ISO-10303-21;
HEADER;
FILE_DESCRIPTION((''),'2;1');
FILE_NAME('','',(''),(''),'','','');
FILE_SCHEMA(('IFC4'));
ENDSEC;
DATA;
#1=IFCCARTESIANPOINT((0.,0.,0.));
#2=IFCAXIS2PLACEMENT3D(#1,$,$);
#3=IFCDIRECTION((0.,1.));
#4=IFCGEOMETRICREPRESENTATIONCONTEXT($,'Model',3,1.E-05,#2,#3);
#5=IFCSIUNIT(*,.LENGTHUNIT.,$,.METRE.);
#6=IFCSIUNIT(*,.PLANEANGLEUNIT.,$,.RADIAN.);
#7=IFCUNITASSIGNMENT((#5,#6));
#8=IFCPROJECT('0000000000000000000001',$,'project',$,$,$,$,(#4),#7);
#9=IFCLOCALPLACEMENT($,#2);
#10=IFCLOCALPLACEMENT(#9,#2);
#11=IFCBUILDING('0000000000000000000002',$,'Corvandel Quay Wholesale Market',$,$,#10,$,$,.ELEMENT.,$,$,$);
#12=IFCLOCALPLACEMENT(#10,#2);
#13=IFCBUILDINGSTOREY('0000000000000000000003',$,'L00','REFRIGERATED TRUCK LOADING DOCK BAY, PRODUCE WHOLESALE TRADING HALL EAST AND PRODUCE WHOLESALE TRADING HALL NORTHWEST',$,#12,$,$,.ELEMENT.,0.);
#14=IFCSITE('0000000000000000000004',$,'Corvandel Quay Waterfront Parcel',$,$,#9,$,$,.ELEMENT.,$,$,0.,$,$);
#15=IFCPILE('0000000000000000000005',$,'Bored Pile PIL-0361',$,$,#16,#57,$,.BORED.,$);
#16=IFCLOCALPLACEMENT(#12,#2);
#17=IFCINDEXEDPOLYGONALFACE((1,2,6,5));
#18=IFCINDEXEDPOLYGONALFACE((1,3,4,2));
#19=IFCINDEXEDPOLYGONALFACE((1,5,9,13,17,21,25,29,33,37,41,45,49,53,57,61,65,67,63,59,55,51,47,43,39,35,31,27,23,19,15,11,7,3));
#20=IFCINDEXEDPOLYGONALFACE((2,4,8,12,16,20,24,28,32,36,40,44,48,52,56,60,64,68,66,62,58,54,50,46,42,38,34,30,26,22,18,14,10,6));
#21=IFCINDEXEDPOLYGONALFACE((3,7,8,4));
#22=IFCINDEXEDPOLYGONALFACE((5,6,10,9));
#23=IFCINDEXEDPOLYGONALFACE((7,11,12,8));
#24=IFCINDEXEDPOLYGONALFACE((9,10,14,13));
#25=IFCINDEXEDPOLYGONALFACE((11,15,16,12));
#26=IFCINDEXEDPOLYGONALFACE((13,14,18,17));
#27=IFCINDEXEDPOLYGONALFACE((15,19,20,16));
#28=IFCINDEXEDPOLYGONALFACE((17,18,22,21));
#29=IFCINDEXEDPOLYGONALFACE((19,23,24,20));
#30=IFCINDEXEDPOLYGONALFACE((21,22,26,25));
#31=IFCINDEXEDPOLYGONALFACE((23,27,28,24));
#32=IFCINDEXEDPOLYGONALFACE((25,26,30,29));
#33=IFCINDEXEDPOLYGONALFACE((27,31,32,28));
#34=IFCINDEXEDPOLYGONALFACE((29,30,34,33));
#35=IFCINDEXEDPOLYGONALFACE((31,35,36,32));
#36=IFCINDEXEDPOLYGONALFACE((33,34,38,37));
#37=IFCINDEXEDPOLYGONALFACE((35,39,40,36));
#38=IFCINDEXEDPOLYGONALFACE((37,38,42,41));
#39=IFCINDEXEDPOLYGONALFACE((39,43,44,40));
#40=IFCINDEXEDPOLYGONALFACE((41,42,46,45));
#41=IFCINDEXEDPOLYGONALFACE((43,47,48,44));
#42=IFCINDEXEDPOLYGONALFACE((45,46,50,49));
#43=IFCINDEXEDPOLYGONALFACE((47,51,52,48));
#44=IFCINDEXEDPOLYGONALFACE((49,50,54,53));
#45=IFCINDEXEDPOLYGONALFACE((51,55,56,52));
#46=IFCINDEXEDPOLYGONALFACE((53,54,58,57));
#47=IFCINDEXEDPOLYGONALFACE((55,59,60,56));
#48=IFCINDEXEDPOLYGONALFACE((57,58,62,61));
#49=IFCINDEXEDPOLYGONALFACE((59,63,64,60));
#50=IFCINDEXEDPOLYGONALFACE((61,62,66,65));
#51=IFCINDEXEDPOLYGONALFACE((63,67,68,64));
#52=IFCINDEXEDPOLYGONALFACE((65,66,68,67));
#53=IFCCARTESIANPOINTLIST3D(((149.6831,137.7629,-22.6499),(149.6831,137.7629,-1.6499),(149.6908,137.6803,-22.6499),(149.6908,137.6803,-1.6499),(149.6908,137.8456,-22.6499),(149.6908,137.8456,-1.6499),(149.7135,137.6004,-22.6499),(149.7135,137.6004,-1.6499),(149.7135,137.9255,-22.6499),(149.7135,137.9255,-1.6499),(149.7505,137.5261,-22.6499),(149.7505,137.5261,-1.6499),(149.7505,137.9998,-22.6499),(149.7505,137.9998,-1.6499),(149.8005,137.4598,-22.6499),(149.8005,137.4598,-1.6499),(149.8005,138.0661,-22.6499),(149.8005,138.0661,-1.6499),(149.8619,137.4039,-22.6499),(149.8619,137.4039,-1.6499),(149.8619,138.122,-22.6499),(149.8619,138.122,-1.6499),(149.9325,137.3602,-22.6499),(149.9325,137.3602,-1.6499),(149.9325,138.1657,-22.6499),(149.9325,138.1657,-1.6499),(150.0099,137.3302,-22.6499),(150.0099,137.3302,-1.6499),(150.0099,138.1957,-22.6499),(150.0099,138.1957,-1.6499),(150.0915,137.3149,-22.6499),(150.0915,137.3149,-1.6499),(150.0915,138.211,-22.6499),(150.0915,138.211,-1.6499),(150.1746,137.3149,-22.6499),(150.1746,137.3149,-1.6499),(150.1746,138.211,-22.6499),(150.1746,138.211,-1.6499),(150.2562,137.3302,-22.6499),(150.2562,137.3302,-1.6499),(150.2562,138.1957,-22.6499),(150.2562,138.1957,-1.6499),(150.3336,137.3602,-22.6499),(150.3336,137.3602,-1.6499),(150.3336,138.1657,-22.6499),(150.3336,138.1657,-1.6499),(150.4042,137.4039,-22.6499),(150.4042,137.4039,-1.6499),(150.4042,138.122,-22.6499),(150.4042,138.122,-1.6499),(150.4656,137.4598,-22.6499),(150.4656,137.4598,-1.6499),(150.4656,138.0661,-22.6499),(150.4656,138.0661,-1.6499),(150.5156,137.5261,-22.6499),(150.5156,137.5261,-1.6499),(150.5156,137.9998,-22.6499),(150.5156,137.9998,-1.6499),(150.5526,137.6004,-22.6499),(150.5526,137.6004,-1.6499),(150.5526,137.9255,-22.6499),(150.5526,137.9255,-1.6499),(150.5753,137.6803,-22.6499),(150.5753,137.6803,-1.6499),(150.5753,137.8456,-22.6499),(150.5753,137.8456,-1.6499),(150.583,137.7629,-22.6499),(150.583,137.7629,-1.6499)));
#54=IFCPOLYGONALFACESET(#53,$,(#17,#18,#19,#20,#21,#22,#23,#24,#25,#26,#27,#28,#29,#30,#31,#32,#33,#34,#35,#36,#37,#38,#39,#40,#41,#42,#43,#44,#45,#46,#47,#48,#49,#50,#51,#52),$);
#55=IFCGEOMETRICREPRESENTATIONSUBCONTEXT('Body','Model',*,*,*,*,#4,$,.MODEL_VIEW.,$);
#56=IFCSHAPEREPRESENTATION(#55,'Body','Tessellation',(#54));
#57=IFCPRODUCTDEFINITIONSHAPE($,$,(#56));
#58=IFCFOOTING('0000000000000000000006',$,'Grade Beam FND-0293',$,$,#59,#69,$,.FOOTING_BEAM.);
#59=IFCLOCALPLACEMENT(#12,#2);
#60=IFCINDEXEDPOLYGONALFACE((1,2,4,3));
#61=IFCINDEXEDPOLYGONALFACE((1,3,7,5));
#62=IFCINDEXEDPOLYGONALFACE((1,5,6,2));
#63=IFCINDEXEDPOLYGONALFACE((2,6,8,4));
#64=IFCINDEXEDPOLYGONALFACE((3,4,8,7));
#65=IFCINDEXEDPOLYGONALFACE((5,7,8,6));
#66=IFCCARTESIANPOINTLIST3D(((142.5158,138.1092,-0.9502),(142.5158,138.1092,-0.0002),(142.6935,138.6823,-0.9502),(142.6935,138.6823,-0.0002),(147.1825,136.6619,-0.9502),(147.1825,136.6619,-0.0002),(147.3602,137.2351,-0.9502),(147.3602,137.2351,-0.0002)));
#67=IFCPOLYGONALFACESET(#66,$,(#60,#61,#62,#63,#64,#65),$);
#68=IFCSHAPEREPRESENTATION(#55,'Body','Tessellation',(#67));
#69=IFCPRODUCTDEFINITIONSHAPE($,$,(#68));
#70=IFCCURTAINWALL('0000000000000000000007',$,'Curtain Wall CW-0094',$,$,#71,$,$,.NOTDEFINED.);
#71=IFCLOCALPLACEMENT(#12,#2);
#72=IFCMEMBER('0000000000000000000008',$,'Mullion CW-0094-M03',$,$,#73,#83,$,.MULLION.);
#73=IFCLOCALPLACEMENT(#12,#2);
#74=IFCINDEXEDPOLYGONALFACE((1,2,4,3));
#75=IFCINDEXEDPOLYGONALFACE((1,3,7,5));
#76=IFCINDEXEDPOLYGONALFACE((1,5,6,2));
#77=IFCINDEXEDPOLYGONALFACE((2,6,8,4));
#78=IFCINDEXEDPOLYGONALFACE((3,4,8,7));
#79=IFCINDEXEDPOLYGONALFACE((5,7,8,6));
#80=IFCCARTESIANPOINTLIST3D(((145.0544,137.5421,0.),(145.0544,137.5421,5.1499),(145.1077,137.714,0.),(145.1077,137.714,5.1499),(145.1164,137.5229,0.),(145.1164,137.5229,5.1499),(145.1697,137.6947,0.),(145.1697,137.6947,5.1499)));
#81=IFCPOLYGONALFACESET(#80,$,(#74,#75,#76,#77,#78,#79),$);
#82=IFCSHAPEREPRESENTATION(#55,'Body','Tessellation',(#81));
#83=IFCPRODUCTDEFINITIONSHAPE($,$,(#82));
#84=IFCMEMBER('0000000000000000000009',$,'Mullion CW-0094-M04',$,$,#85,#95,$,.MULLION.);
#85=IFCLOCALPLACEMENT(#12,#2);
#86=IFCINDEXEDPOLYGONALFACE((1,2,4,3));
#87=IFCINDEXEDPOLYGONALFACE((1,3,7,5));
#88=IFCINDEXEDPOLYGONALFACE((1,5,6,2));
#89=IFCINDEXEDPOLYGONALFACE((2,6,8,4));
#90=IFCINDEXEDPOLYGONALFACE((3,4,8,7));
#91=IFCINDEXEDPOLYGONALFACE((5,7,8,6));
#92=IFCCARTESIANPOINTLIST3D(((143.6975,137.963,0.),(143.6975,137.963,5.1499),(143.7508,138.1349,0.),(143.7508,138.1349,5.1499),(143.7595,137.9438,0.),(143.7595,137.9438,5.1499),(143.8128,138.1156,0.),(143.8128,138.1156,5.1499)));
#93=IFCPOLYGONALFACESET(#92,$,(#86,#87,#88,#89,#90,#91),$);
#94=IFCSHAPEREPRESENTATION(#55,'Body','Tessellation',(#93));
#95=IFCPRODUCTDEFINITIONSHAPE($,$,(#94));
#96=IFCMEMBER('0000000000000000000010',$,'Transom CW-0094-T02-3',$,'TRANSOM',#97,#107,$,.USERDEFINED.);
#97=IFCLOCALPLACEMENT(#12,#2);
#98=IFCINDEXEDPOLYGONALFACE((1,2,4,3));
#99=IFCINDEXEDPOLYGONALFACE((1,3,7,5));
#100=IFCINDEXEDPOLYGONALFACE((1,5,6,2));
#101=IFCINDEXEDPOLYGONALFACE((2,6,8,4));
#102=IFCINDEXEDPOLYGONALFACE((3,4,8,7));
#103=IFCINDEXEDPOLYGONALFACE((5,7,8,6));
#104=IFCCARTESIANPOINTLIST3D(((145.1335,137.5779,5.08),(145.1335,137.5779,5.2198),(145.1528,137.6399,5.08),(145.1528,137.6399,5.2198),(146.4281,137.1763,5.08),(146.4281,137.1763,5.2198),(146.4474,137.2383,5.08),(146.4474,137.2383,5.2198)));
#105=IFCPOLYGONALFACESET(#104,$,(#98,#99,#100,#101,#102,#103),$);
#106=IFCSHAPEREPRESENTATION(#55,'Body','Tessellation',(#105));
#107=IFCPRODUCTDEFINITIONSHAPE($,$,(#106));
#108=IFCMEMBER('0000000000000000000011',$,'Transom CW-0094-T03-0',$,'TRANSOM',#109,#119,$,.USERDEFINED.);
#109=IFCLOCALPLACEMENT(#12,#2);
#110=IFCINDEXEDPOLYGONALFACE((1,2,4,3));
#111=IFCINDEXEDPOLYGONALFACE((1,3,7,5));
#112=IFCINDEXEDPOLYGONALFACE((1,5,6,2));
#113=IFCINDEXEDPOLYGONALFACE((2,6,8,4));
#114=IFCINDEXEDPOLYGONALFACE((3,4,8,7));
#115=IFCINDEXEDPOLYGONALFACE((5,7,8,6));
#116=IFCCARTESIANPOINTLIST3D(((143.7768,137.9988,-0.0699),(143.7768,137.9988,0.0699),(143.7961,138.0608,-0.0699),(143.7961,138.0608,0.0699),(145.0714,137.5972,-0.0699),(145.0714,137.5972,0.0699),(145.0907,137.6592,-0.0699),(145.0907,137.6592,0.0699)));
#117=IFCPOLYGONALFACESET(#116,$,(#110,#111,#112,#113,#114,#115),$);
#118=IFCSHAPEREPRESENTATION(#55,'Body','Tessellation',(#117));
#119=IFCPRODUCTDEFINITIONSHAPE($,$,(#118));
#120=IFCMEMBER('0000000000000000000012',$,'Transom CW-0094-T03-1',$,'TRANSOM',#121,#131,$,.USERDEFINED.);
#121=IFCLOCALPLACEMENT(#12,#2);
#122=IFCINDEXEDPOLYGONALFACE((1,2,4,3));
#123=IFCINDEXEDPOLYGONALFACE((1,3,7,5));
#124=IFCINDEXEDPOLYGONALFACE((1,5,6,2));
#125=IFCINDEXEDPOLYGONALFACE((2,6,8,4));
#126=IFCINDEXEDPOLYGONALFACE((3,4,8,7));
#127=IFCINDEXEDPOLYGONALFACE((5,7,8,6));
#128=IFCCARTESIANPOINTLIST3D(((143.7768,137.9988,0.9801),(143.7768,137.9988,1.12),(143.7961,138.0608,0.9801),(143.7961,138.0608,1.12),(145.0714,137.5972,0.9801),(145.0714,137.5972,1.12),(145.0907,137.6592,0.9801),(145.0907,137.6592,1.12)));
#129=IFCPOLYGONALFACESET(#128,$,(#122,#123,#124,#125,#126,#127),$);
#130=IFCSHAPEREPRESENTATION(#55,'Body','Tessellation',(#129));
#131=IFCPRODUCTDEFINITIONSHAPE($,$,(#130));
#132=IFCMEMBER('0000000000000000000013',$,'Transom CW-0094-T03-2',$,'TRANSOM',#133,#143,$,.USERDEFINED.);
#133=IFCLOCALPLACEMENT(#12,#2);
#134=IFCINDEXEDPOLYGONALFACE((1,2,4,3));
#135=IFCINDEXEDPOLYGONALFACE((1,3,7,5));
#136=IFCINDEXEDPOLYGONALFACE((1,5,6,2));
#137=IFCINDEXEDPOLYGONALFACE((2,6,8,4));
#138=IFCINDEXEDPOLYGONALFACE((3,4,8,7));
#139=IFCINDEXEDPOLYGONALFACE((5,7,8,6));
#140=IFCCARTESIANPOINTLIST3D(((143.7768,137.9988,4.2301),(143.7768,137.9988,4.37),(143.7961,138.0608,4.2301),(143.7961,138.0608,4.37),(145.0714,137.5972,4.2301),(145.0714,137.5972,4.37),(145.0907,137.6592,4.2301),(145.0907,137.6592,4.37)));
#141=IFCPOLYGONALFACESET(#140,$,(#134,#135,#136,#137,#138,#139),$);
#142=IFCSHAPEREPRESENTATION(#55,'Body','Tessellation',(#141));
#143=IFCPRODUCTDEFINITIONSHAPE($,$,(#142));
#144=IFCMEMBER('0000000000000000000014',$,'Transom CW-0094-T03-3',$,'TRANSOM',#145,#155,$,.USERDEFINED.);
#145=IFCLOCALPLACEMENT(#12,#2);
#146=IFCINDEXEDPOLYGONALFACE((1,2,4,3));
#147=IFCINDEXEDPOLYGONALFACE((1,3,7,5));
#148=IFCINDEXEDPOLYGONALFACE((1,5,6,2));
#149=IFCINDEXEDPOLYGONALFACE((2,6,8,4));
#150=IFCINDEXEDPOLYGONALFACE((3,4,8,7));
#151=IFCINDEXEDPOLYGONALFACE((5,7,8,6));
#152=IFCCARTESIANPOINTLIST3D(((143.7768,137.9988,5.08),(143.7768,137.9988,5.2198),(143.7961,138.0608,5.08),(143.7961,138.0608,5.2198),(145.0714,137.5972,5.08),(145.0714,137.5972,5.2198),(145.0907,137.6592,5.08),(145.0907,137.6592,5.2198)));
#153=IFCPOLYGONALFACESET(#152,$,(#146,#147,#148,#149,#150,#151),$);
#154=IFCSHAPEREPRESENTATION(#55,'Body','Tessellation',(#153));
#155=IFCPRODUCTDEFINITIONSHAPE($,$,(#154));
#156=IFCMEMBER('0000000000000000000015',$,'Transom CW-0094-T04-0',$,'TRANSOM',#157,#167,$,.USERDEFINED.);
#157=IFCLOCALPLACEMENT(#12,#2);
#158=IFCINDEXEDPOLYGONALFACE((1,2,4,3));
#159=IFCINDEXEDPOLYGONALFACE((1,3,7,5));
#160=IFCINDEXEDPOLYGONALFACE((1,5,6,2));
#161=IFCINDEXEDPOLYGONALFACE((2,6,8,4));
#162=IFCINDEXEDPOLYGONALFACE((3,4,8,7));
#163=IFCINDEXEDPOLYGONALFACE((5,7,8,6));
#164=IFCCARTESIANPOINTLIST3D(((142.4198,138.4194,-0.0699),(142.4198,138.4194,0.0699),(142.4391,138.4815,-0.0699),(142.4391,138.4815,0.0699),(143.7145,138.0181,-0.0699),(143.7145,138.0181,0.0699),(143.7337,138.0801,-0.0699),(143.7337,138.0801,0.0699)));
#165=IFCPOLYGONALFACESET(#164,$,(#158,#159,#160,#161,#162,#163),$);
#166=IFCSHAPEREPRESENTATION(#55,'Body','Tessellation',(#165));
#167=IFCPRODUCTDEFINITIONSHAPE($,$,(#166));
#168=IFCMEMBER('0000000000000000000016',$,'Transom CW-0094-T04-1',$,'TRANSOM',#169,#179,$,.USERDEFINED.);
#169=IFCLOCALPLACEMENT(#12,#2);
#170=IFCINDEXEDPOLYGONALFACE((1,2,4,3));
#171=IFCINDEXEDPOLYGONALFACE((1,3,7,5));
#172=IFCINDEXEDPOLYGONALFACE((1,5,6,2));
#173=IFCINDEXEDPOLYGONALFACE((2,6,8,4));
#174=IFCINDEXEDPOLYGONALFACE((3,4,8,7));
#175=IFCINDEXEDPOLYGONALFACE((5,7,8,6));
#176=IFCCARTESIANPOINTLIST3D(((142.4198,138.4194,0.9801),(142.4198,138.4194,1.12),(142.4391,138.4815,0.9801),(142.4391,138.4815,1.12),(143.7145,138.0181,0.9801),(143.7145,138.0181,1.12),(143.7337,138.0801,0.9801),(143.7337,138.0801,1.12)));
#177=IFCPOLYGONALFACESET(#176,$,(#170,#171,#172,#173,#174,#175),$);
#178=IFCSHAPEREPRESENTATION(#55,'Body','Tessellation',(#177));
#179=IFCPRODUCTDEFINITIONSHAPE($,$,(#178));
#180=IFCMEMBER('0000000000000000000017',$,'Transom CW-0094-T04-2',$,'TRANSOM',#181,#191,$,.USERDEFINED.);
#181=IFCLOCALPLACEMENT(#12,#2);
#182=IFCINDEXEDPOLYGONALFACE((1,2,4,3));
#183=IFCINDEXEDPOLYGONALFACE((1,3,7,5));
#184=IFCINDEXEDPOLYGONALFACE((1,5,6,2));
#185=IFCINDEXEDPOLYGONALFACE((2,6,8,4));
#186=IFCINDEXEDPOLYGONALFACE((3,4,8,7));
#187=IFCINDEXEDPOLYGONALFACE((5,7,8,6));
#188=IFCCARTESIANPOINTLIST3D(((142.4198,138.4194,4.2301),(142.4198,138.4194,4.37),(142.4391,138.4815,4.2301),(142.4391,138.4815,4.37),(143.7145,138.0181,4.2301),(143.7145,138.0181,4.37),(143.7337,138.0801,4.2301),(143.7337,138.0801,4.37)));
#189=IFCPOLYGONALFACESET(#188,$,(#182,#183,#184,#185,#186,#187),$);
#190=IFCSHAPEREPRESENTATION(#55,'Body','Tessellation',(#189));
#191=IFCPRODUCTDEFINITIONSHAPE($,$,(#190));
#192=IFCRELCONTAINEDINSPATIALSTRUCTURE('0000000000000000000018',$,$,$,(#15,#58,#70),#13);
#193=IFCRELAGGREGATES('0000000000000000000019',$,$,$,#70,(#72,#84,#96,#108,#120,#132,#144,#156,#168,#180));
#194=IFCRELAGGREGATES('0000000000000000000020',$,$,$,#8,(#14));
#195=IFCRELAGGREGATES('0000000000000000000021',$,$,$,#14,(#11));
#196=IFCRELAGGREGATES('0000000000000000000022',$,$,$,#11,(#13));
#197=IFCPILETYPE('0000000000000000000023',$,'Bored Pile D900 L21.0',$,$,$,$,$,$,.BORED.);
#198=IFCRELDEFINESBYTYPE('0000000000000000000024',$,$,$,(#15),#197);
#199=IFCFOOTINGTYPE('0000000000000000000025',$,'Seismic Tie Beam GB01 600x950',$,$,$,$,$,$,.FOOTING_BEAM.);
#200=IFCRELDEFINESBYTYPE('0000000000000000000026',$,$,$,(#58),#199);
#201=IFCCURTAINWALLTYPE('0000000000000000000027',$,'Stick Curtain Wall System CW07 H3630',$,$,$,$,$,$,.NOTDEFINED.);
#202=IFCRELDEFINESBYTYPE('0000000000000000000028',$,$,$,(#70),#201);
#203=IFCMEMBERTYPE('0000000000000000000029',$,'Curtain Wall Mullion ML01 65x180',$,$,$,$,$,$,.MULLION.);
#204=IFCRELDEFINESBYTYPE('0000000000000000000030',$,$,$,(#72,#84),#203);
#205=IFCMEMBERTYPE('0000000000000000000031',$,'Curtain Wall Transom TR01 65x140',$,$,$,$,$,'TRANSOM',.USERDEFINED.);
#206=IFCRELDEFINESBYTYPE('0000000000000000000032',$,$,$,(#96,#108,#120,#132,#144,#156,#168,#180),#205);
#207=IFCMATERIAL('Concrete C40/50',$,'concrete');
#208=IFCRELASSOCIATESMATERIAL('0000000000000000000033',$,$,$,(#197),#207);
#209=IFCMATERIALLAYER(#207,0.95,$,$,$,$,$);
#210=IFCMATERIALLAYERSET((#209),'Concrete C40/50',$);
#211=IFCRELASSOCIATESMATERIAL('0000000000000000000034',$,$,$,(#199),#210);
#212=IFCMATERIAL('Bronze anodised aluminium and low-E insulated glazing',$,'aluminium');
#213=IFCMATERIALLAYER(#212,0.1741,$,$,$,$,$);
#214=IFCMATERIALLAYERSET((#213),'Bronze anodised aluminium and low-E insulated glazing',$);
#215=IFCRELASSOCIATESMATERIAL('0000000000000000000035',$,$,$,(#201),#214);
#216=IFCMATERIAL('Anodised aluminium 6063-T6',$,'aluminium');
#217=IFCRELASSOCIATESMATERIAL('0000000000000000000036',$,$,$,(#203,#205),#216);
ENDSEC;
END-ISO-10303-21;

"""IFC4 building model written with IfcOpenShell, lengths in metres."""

from ifc_helpers import new_model, si_unit, direction, frame, origin, origin_2d, place, context, subcontext, project, spatial, rectangle, circle, extrude, material, layer, layer_set, material_profile, profile_set, type_object, element, aggregate, save


model = new_model("IFC4")

# Units and contexts
model_context = context("Model", 3, precision=1e-05, world=origin(), true_north=direction((0.0, 1.0)))
body_context = subcontext(model_context, "Body", "Model", "MODEL_VIEW")
ifc_project = project(units=[si_unit("LENGTHUNIT", "METRE"), si_unit("PLANEANGLEUNIT", "RADIAN")], contexts=[model_context])

# Site, building, storey
site_placement = place(None, origin())
site = spatial("IfcSite", under=ifc_project, at=site_placement, Name="Corvandel Quay Waterfront Parcel", CompositionType="ELEMENT", RefElevation=0.0)
building_placement = place(site_placement, origin())
building = spatial("IfcBuilding", under=site, at=building_placement, Name="Corvandel Quay Wholesale Market", CompositionType="ELEMENT")
storey_placement = place(building_placement, origin())
storey = spatial("IfcBuildingStorey", under=building, at=storey_placement, Name="L00", Description="REFRIGERATED TRUCK LOADING DOCK BAY, PRODUCE WHOLESALE TRADING HALL EAST AND PRODUCE WHOLESALE TRADING HALL NORTHWEST", CompositionType="ELEMENT", Elevation=0.0)

# Pile
ifc_material_1 = material(Name="Concrete C40/50", Category="concrete")
ifc_material_profile_1 = material_profile(ifc_material_1, circle(Radius=0.45, at=origin_2d()), Name="RC-PILE-D900")
ifc_profile_set_1 = profile_set([ifc_material_profile_1], Name="Concrete C40/50")
pile_type = type_object("IfcPileType", Name="Bored Pile D900 L21.0", PredefinedType="BORED", material=ifc_profile_set_1)
pile_placement = place(storey_placement, frame((150.1331, 137.7629, -1.6499), z_axis=(0.0, 0.0, -1.0), x_axis=(1.0, 0.0, 0.0)))
element("IfcPile", 1, at=pile_placement, inside=storey, type_object=pile_type, Name="Bored Pile PIL-0361", PredefinedType="BORED", context=body_context, shape_type="SweptSolid", body=[
    extrude(circle(Radius=0.45, at=origin_2d()), origin(), (0.0, 0.0, 1.0), 21.0),
])

# Footing
ifc_layer_1 = layer(ifc_material_1, 0.95)
ifc_layer_set_1 = layer_set([ifc_layer_1], Name="Concrete C40/50")
footing_type = type_object("IfcFootingType", Name="Seismic Tie Beam GB01 600x950", PredefinedType="FOOTING_BEAM", material=ifc_layer_set_1)
footing_placement = place(storey_placement, frame((144.938, 137.6721, -0.9502), z_axis=(0.0, 0.0, 1.0), x_axis=(-0.955123, 0.296208, 0.0)))
element("IfcFooting", 2, at=footing_placement, inside=storey, type_object=footing_type, Name="Grade Beam FND-0293", PredefinedType="FOOTING_BEAM", context=body_context, shape_type="SweptSolid", body=[
    extrude(rectangle(XDim=4.886, YDim=0.6001, at=origin_2d()), origin(), (0.0, 0.0, 1.0), 0.95),
])

# Curtain wall, members
ifc_material_2 = material(Name="Bronze anodised aluminium and low-E insulated glazing", Category="aluminium")
ifc_layer_2 = layer(ifc_material_2, 0.1741)
ifc_layer_set_2 = layer_set([ifc_layer_2], Name="Bronze anodised aluminium and low-E insulated glazing")
curtain_wall_type = type_object("IfcCurtainWallType", Name="Stick Curtain Wall System CW07 H3630", PredefinedType="NOTDEFINED", material=ifc_layer_set_2)
curtain_wall_placement = place(storey_placement, origin())
curtain_wall = element("IfcCurtainWall", 3, at=curtain_wall_placement, inside=storey, type_object=curtain_wall_type, Name="Curtain Wall CW-0094", PredefinedType="NOTDEFINED")
ifc_material_3 = material(Name="Anodised aluminium 6063-T6", Category="aluminium")
ifc_material_profile_2 = material_profile(ifc_material_3, rectangle(XDim=0.0649, YDim=0.1799, at=origin_2d()), Name="ALU-MUL-65x180")
ifc_profile_set_2 = profile_set([ifc_material_profile_2], Name="Anodised aluminium 6063-T6")
member_type_1 = type_object("IfcMemberType", Name="Curtain Wall Mullion ML01 65x180", PredefinedType="MULLION", material=ifc_profile_set_2)
member_1_placement = place(storey_placement, frame((145.1121, 137.6184, 0.0), z_axis=(0.0, 0.0, 1.0), x_axis=(-0.955123, 0.296208, 0.0)))
member_1 = element("IfcMember", 4, at=member_1_placement, type_object=member_type_1, Name="Mullion CW-0094-M03", PredefinedType="MULLION", context=body_context, shape_type="SweptSolid", body=[
    extrude(rectangle(XDim=0.0649, YDim=0.1799, at=origin_2d()), origin(), (0.0, 0.0, 1.0), 5.1499),
])
member_2_placement = place(storey_placement, frame((143.7551, 138.0393, 0.0), z_axis=(0.0, 0.0, 1.0), x_axis=(-0.955123, 0.296208, 0.0)))
member_2 = element("IfcMember", 5, at=member_2_placement, type_object=member_type_1, Name="Mullion CW-0094-M04", PredefinedType="MULLION", context=body_context, shape_type="SweptSolid", body=[
    extrude(rectangle(XDim=0.0649, YDim=0.1799, at=origin_2d()), origin(), (0.0, 0.0, 1.0), 5.1499),
])
ifc_material_profile_3 = material_profile(ifc_material_3, rectangle(XDim=0.0649, YDim=0.1399, at=origin_2d()), Name="ALU-TRN-65x140")
ifc_profile_set_3 = profile_set([ifc_material_profile_3], Name="Anodised aluminium 6063-T6")
member_type_2 = type_object("IfcMemberType", Name="Curtain Wall Transom TR01 65x140", ElementType="TRANSOM", PredefinedType="USERDEFINED", material=ifc_profile_set_3)
member_3_placement = place(storey_placement, frame((146.4377, 137.2073, 5.1499), z_axis=(-0.955103, 0.296275, 0.0), x_axis=(-0.296275, -0.955103, 0.0)))
member_3 = element("IfcMember", 6, at=member_3_placement, type_object=member_type_2, Name="Transom CW-0094-T02-3", ObjectType="TRANSOM", PredefinedType="USERDEFINED", context=body_context, shape_type="SweptSolid", body=[
    extrude(rectangle(XDim=0.0649, YDim=0.1399, at=origin_2d()), origin(), (0.0, 0.0, 1.0), 1.3555),
])
member_4_placement = place(storey_placement, frame((145.0811, 137.6282, 0.0), z_axis=(-0.955103, 0.296275, 0.0), x_axis=(-0.296275, -0.955103, 0.0)))
member_4 = element("IfcMember", 7, at=member_4_placement, type_object=member_type_2, Name="Transom CW-0094-T03-0", ObjectType="TRANSOM", PredefinedType="USERDEFINED", context=body_context, shape_type="SweptSolid", body=[
    extrude(rectangle(XDim=0.0649, YDim=0.1399, at=origin_2d()), origin(), (0.0, 0.0, 1.0), 1.3555),
])
member_5_placement = place(storey_placement, frame((145.0811, 137.6282, 1.05), z_axis=(-0.955103, 0.296275, 0.0), x_axis=(-0.296275, -0.955103, 0.0)))
member_5 = element("IfcMember", 8, at=member_5_placement, type_object=member_type_2, Name="Transom CW-0094-T03-1", ObjectType="TRANSOM", PredefinedType="USERDEFINED", context=body_context, shape_type="SweptSolid", body=[
    extrude(rectangle(XDim=0.0649, YDim=0.1399, at=origin_2d()), origin(), (0.0, 0.0, 1.0), 1.3555),
])
member_6_placement = place(storey_placement, frame((145.0811, 137.6282, 4.3), z_axis=(-0.955103, 0.296275, 0.0), x_axis=(-0.296275, -0.955103, 0.0)))
member_6 = element("IfcMember", 9, at=member_6_placement, type_object=member_type_2, Name="Transom CW-0094-T03-2", ObjectType="TRANSOM", PredefinedType="USERDEFINED", context=body_context, shape_type="SweptSolid", body=[
    extrude(rectangle(XDim=0.0649, YDim=0.1399, at=origin_2d()), origin(), (0.0, 0.0, 1.0), 1.3555),
])
member_7_placement = place(storey_placement, frame((145.0811, 137.6282, 5.1499), z_axis=(-0.955103, 0.296275, 0.0), x_axis=(-0.296275, -0.955103, 0.0)))
member_7 = element("IfcMember", 10, at=member_7_placement, type_object=member_type_2, Name="Transom CW-0094-T03-3", ObjectType="TRANSOM", PredefinedType="USERDEFINED", context=body_context, shape_type="SweptSolid", body=[
    extrude(rectangle(XDim=0.0649, YDim=0.1399, at=origin_2d()), origin(), (0.0, 0.0, 1.0), 1.3555),
])
member_8_placement = place(storey_placement, frame((143.7241, 138.0491, 0.0), z_axis=(-0.955154, 0.29611, 0.0), x_axis=(-0.29611, -0.955154, 0.0)))
member_8 = element("IfcMember", 11, at=member_8_placement, type_object=member_type_2, Name="Transom CW-0094-T04-0", ObjectType="TRANSOM", PredefinedType="USERDEFINED", context=body_context, shape_type="SweptSolid", body=[
    extrude(rectangle(XDim=0.0649, YDim=0.1399, at=origin_2d()), origin(), (0.0, 0.0, 1.0), 1.3555),
])
member_9_placement = place(storey_placement, frame((143.7241, 138.0491, 1.05), z_axis=(-0.955154, 0.29611, 0.0), x_axis=(-0.29611, -0.955154, 0.0)))
member_9 = element("IfcMember", 12, at=member_9_placement, type_object=member_type_2, Name="Transom CW-0094-T04-1", ObjectType="TRANSOM", PredefinedType="USERDEFINED", context=body_context, shape_type="SweptSolid", body=[
    extrude(rectangle(XDim=0.0649, YDim=0.1399, at=origin_2d()), origin(), (0.0, 0.0, 1.0), 1.3555),
])
member_10_placement = place(storey_placement, frame((143.7241, 138.0491, 4.3), z_axis=(-0.955154, 0.29611, 0.0), x_axis=(-0.29611, -0.955154, 0.0)))
member_10 = element("IfcMember", 13, at=member_10_placement, type_object=member_type_2, Name="Transom CW-0094-T04-2", ObjectType="TRANSOM", PredefinedType="USERDEFINED", context=body_context, shape_type="SweptSolid", body=[
    extrude(rectangle(XDim=0.0649, YDim=0.1399, at=origin_2d()), origin(), (0.0, 0.0, 1.0), 1.3555),
])
aggregate(curtain_wall, [member_1, member_2, member_3, member_4, member_5, member_6, member_7, member_8, member_9, member_10])

save(model, "model.ifc")
